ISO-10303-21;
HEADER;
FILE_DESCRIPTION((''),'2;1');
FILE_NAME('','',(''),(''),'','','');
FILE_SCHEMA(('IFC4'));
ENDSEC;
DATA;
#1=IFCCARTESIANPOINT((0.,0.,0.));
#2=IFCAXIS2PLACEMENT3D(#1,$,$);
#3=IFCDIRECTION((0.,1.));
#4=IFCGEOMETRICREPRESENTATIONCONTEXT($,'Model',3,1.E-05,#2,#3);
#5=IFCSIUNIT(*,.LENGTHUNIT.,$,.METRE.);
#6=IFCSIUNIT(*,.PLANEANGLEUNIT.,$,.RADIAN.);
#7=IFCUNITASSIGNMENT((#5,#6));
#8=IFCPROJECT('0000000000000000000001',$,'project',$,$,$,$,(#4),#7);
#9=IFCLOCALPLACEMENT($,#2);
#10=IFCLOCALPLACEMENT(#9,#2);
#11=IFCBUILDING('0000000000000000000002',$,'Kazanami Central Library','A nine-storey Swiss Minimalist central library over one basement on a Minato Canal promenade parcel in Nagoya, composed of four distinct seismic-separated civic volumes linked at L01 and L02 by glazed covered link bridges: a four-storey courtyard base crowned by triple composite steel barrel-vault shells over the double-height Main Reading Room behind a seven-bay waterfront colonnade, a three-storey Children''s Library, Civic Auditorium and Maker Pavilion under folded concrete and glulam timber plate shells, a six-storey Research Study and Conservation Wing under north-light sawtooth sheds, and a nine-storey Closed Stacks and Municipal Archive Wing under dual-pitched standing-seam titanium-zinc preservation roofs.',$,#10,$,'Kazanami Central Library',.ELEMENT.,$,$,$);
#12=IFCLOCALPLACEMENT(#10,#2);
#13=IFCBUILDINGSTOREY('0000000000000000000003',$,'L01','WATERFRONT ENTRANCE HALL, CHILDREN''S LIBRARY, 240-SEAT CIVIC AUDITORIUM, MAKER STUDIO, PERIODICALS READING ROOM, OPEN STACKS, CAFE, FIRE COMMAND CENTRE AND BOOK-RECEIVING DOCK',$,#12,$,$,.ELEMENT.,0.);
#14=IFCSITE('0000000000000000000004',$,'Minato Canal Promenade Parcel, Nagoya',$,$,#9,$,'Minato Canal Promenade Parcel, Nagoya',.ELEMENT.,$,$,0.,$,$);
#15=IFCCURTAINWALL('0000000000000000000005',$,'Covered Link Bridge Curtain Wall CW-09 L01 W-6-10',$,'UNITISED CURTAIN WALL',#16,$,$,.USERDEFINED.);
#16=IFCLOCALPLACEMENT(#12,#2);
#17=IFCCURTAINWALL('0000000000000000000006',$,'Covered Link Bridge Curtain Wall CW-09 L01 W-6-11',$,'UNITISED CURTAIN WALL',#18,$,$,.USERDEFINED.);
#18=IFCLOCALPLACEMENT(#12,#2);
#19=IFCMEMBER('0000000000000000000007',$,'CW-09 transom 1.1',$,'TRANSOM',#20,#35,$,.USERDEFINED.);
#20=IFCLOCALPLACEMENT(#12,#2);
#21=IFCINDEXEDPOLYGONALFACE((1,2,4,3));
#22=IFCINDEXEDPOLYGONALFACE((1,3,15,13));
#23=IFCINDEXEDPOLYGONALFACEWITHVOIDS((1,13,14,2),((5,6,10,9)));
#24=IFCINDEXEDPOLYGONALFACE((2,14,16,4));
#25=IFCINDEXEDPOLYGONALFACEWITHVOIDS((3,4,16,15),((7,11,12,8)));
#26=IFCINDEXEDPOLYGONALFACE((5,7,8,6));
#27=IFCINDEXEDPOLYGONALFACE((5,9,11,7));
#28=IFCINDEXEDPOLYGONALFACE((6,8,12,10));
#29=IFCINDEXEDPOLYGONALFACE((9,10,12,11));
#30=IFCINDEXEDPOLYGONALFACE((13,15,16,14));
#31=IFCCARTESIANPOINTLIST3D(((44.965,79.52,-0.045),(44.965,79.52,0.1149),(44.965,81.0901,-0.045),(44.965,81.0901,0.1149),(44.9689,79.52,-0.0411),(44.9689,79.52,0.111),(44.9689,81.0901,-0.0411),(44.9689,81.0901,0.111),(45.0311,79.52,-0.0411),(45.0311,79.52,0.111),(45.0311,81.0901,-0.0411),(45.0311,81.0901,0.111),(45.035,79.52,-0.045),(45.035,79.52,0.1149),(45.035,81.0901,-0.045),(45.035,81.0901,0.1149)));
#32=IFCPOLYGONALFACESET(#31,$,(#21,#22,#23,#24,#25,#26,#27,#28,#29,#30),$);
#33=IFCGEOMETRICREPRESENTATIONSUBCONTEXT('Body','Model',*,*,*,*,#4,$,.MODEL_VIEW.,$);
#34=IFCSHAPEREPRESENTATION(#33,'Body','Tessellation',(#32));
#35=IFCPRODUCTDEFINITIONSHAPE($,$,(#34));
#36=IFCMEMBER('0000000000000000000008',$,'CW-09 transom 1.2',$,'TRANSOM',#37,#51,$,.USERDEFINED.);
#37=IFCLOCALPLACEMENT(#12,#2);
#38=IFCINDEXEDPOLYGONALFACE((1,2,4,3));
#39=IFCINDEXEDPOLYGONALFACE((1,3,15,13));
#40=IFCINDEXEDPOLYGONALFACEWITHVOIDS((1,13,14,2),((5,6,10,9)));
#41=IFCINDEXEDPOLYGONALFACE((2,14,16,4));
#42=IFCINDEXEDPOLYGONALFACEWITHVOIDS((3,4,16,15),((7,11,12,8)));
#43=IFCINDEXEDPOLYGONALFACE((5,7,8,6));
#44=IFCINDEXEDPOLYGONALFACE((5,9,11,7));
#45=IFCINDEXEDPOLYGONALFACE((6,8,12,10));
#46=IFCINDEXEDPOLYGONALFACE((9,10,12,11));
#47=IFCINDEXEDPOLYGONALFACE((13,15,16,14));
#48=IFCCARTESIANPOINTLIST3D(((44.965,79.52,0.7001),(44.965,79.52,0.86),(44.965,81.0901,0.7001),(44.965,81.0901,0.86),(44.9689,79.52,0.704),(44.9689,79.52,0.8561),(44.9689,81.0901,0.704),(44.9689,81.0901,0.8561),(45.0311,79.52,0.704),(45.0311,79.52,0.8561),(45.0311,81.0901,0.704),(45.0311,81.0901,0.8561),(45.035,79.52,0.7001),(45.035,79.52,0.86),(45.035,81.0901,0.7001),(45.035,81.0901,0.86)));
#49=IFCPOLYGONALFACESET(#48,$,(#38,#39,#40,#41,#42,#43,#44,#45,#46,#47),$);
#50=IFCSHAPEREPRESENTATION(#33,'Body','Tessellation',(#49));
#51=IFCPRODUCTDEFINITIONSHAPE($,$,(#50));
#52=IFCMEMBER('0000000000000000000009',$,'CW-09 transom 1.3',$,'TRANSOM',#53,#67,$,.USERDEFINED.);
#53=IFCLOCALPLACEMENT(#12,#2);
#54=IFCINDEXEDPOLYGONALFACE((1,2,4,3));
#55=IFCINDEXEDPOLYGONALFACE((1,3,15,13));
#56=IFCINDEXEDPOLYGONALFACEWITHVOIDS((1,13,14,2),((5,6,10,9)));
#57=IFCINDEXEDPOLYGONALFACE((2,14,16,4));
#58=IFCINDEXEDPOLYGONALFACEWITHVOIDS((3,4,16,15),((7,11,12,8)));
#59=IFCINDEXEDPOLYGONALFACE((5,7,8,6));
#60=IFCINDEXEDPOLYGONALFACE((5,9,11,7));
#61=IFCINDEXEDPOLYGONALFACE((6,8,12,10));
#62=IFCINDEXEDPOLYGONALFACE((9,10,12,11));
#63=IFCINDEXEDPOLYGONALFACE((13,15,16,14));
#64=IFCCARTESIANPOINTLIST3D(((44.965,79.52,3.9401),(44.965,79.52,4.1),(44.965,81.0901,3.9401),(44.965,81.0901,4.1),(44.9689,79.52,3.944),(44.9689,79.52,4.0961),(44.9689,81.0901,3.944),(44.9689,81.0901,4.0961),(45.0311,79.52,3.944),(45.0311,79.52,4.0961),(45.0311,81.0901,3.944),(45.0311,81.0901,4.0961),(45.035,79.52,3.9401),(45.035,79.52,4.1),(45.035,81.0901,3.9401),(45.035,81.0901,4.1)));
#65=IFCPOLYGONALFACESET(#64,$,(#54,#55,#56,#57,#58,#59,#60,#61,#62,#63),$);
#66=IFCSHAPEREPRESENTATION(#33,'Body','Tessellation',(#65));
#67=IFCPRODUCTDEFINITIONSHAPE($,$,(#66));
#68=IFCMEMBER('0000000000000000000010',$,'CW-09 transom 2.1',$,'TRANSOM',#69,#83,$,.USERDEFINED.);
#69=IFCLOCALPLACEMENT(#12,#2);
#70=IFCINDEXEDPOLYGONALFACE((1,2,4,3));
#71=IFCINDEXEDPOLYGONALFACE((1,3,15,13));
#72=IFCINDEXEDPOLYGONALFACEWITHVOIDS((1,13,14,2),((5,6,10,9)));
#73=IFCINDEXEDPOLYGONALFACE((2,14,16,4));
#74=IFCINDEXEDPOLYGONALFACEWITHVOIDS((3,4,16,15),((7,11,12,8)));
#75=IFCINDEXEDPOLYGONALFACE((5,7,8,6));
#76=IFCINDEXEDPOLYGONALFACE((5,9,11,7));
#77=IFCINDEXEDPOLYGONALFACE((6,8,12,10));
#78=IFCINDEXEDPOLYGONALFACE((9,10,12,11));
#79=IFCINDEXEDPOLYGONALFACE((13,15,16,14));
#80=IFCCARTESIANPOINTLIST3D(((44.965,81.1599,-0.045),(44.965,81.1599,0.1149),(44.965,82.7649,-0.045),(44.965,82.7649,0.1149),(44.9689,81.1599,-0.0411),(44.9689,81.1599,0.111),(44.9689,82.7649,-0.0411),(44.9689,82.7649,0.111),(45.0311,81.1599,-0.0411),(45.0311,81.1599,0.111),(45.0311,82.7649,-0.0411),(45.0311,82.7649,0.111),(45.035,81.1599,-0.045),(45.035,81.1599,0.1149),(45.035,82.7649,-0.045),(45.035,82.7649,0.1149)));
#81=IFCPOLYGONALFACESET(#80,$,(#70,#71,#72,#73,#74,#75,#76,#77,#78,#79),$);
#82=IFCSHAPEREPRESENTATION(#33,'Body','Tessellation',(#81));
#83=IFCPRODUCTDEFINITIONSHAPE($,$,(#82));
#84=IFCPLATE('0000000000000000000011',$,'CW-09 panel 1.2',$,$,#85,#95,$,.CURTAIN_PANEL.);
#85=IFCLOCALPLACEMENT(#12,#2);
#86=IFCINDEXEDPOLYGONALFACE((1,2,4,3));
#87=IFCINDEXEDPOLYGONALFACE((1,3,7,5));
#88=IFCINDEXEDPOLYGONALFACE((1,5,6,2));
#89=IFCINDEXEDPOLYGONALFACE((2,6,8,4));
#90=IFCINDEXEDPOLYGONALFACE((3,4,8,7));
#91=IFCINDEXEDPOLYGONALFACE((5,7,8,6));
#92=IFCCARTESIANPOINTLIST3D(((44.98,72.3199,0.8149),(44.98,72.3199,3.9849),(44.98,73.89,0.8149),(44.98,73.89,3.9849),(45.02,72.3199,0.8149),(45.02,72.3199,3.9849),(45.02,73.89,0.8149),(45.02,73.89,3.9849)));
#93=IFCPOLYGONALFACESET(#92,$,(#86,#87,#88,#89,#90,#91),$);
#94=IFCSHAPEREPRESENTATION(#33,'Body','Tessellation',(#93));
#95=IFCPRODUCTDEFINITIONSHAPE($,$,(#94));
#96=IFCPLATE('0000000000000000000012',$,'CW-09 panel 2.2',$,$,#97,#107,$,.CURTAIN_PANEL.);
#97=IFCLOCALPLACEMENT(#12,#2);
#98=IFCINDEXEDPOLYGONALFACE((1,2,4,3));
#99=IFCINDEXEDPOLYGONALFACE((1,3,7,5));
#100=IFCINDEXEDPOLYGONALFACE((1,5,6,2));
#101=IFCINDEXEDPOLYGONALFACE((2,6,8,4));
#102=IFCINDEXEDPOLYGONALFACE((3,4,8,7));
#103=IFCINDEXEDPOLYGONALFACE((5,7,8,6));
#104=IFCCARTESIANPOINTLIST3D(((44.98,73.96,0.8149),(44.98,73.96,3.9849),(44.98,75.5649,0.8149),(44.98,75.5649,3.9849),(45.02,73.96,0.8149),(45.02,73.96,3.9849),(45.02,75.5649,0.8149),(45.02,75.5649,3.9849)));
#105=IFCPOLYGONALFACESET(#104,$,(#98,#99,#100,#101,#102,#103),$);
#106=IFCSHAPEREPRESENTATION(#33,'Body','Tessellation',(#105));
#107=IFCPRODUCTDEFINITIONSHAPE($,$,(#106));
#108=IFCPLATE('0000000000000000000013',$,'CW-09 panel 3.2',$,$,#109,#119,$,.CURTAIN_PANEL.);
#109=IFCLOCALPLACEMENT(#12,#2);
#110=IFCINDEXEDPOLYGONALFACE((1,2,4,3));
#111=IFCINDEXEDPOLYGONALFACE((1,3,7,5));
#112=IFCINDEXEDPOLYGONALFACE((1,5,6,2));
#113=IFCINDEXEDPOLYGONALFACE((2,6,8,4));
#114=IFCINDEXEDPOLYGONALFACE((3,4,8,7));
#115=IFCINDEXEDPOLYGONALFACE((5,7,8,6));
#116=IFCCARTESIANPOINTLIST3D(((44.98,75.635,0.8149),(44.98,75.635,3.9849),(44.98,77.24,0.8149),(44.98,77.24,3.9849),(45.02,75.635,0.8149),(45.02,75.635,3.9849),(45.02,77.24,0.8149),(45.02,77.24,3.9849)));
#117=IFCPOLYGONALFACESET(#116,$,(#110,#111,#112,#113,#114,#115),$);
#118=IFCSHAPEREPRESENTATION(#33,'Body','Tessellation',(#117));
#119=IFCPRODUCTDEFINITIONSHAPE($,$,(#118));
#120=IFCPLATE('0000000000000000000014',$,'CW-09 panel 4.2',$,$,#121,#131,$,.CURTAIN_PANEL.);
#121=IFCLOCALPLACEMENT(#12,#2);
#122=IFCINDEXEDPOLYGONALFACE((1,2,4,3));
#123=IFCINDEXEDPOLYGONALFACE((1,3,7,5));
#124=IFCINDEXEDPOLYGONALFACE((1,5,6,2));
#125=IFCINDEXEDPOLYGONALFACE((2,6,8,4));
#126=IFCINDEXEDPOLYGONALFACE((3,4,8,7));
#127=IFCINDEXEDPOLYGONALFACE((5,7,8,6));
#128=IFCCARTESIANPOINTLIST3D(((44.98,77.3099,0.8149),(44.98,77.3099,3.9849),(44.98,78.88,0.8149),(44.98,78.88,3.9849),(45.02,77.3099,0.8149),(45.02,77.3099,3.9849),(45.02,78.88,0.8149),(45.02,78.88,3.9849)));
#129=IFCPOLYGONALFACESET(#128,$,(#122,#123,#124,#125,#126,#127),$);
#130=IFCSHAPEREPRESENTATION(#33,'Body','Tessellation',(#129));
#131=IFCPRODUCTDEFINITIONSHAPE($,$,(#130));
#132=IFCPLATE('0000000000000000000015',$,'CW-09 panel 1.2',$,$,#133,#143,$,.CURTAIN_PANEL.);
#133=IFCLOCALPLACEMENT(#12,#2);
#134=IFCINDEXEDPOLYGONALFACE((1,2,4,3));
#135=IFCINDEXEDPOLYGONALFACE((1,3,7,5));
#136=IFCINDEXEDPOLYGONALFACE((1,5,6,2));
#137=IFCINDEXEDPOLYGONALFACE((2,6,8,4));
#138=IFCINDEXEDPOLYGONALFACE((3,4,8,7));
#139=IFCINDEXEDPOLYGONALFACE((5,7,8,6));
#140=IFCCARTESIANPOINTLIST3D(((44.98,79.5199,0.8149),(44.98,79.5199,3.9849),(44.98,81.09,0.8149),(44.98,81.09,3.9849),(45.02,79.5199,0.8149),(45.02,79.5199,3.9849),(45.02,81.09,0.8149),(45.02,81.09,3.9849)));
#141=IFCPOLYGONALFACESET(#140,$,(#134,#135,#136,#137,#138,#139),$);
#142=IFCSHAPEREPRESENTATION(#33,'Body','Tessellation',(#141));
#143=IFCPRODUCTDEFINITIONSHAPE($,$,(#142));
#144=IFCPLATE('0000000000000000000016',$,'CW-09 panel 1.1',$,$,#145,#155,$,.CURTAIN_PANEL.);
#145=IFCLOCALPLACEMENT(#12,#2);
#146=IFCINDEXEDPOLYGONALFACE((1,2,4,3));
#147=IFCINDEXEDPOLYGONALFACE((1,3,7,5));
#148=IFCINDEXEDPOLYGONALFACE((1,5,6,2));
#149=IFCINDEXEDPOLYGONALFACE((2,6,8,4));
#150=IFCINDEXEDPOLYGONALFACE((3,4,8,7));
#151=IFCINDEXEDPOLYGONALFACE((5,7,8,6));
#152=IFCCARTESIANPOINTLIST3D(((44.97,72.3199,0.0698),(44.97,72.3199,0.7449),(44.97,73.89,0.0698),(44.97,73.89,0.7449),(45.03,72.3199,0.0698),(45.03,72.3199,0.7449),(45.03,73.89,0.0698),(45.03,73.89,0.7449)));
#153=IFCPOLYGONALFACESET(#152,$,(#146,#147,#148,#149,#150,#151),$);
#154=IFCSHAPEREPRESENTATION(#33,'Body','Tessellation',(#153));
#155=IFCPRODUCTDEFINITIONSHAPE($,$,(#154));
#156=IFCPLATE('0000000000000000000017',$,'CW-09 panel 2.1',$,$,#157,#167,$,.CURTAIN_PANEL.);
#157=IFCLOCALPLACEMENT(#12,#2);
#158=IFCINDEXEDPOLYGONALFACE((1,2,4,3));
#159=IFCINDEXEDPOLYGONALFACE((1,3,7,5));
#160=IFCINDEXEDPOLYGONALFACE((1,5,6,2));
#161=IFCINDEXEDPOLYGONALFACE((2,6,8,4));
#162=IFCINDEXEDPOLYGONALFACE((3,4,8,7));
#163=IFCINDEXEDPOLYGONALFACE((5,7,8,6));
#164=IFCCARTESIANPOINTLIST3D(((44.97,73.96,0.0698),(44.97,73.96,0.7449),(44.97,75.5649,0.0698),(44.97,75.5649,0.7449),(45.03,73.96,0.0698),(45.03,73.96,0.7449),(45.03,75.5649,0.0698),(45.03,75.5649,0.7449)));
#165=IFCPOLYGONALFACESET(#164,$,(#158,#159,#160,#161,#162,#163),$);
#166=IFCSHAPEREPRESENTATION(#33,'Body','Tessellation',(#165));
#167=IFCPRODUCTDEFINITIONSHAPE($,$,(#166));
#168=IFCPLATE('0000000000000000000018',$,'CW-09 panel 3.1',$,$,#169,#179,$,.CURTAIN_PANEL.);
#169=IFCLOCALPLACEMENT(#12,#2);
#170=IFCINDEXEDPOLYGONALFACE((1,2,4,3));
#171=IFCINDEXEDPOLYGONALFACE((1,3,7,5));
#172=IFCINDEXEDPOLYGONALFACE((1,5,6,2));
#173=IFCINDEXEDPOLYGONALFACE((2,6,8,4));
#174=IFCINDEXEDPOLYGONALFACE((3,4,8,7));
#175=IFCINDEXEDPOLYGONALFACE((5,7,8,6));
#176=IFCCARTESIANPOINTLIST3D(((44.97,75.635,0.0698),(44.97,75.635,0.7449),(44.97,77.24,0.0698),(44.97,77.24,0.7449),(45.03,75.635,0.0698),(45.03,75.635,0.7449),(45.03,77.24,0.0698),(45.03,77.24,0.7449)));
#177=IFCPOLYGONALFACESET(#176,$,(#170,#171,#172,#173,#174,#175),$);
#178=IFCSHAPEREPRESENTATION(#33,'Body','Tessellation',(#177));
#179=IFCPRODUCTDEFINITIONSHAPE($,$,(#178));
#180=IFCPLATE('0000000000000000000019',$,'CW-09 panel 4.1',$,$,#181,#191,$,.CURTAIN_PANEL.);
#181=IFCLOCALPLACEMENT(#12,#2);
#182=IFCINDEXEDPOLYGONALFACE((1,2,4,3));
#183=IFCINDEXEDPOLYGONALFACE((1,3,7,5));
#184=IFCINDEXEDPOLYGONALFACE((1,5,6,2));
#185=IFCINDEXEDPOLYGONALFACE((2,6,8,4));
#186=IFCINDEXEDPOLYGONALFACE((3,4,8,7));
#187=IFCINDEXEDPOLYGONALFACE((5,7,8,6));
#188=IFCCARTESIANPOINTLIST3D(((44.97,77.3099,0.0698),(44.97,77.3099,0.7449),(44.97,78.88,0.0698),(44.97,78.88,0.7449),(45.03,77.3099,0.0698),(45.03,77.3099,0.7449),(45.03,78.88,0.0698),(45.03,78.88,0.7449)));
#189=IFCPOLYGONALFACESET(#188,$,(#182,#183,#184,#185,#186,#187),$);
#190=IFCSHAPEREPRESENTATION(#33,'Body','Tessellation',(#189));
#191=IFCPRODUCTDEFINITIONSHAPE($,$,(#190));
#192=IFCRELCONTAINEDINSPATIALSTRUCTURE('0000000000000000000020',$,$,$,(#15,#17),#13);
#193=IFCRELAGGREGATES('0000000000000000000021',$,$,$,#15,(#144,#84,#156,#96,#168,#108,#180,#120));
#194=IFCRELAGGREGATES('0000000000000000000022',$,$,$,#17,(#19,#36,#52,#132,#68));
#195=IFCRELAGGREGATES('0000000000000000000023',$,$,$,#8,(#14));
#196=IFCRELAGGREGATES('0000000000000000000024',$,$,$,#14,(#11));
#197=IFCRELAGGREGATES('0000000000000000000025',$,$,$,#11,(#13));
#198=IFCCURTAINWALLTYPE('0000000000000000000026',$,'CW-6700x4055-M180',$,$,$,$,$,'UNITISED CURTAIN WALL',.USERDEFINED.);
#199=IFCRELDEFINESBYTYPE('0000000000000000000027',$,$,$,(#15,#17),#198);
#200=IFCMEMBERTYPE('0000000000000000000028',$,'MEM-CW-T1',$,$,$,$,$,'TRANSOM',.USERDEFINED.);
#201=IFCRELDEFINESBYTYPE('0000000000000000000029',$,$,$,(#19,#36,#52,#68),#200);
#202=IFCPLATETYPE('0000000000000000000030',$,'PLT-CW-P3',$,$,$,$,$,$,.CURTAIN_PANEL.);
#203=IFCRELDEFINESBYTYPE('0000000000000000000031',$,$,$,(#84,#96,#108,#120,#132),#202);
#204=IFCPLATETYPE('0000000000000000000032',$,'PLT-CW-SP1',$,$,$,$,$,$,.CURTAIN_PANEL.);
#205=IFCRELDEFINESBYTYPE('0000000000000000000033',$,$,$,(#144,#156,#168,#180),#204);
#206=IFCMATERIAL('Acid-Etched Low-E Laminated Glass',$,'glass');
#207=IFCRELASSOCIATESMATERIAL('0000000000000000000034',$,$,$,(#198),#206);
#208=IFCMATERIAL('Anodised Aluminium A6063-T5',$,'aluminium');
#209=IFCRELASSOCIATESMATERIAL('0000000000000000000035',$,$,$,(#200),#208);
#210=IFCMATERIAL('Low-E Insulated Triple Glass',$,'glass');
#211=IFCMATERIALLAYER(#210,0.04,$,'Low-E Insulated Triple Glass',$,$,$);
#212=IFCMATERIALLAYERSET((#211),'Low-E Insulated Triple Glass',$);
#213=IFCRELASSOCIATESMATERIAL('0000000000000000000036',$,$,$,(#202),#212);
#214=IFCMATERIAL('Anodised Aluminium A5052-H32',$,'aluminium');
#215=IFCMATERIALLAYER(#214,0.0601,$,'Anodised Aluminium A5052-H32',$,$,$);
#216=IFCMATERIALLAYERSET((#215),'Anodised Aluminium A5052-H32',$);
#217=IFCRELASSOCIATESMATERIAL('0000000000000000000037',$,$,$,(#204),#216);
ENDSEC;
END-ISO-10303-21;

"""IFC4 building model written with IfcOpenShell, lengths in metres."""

from ifc_helpers import new_model, si_unit, direction, frame, origin, origin_2d, place, context, subcontext, project, spatial, rectangle, hollow_rectangle, extrude, material, layer, layer_set, material_profile, profile_set, type_object, element, aggregate, save


model = new_model("IFC4")

# Units and contexts
model_context = context("Model", 3, precision=1e-05, world=origin(), true_north=direction((0.0, 1.0)))
body_context = subcontext(model_context, "Body", "Model", "MODEL_VIEW")
ifc_project = project(units=[si_unit("LENGTHUNIT", "METRE"), si_unit("PLANEANGLEUNIT", "RADIAN")], contexts=[model_context])

# Site, building, storey
site_placement = place(None, origin())
site = spatial("IfcSite", under=ifc_project, at=site_placement, Name="Minato Canal Promenade Parcel, Nagoya", LongName="Minato Canal Promenade Parcel, Nagoya", CompositionType="ELEMENT", RefElevation=0.0)
building_placement = place(site_placement, origin())
building = spatial("IfcBuilding", under=site, at=building_placement, Name="Kazanami Central Library", Description="A nine-storey Swiss Minimalist central library over one basement on a Minato Canal promenade parcel in Nagoya, composed of four distinct seismic-separated civic volumes linked at L01 and L02 by glazed covered link bridges: a four-storey courtyard base crowned by triple composite steel barrel-vault shells over the double-height Main Reading Room behind a seven-bay waterfront colonnade, a three-storey Children's Library, Civic Auditorium and Maker Pavilion under folded concrete and glulam timber plate shells, a six-storey Research Study and Conservation Wing under north-light sawtooth sheds, and a nine-storey Closed Stacks and Municipal Archive Wing under dual-pitched standing-seam titanium-zinc preservation roofs.", LongName="Kazanami Central Library", CompositionType="ELEMENT")
storey_placement = place(building_placement, origin())
storey = spatial("IfcBuildingStorey", under=building, at=storey_placement, Name="L01", Description="WATERFRONT ENTRANCE HALL, CHILDREN'S LIBRARY, 240-SEAT CIVIC AUDITORIUM, MAKER STUDIO, PERIODICALS READING ROOM, OPEN STACKS, CAFE, FIRE COMMAND CENTRE AND BOOK-RECEIVING DOCK", CompositionType="ELEMENT", Elevation=0.0)

# Curtain walls
ifc_material_1 = material(Name="Acid-Etched Low-E Laminated Glass", Category="glass")
curtain_wall_type = type_object("IfcCurtainWallType", Name="CW-6700x4055-M180", ElementType="UNITISED CURTAIN WALL", PredefinedType="USERDEFINED", material=ifc_material_1)
curtain_wall_1_placement = place(storey_placement, origin())
curtain_wall_1 = element("IfcCurtainWall", 1, at=curtain_wall_1_placement, inside=storey, type_object=curtain_wall_type, Name="Covered Link Bridge Curtain Wall CW-09 L01 W-6-10", ObjectType="UNITISED CURTAIN WALL", PredefinedType="USERDEFINED")
ifc_material_2 = material(Name="Anodised Aluminium A6063-T5", Category="aluminium")
curtain_wall_2_placement = place(storey_placement, origin())
curtain_wall_2 = element("IfcCurtainWall", 2, at=curtain_wall_2_placement, inside=storey, type_object=curtain_wall_type, Name="Covered Link Bridge Curtain Wall CW-09 L01 W-6-11", ObjectType="UNITISED CURTAIN WALL", PredefinedType="USERDEFINED")

# Members
ifc_material_profile_1 = material_profile(ifc_material_2, hollow_rectangle(XDim=0.0701, YDim=0.1599, WallThickness=0.0039, at=origin_2d()), Name="ALU-TRAN-70x160x4")
ifc_profile_set_1 = profile_set([ifc_material_profile_1], Name="Anodised Aluminium A6063-T5")
member_type_1 = type_object("IfcMemberType", Name="MEM-CW-T1", ElementType="TRANSOM", PredefinedType="USERDEFINED", material=ifc_profile_set_1)
member_1_placement = place(storey_placement, frame((45.0, 79.52, 0.0349), z_axis=(0.0, 1.0, 0.0), x_axis=(-1.0, 0.0, 0.0)))
member_1 = element("IfcMember", 3, at=member_1_placement, type_object=member_type_1, Name="CW-09 transom 1.1", ObjectType="TRANSOM", PredefinedType="USERDEFINED", context=body_context, shape_type="SweptSolid", body=[
    extrude(hollow_rectangle(XDim=0.0701, YDim=0.1599, WallThickness=0.0039, at=origin_2d()), origin(), (0.0, 0.0, 1.0), 1.5701),
])
member_2_placement = place(storey_placement, frame((45.0, 79.52, 0.78), z_axis=(0.0, 1.0, 0.0), x_axis=(-1.0, 0.0, 0.0)))
member_2 = element("IfcMember", 4, at=member_2_placement, type_object=member_type_1, Name="CW-09 transom 1.2", ObjectType="TRANSOM", PredefinedType="USERDEFINED", context=body_context, shape_type="SweptSolid", body=[
    extrude(hollow_rectangle(XDim=0.0701, YDim=0.1599, WallThickness=0.0039, at=origin_2d()), origin(), (0.0, 0.0, 1.0), 1.5701),
])
member_3_placement = place(storey_placement, frame((45.0, 79.52, 4.02), z_axis=(0.0, 1.0, 0.0), x_axis=(-1.0, 0.0, 0.0)))
member_3 = element("IfcMember", 5, at=member_3_placement, type_object=member_type_1, Name="CW-09 transom 1.3", ObjectType="TRANSOM", PredefinedType="USERDEFINED", context=body_context, shape_type="SweptSolid", body=[
    extrude(hollow_rectangle(XDim=0.0701, YDim=0.1599, WallThickness=0.0039, at=origin_2d()), origin(), (0.0, 0.0, 1.0), 1.5701),
])
member_4_placement = place(storey_placement, frame((45.0, 81.1599, 0.0349), z_axis=(0.0, 1.0, 0.0), x_axis=(-1.0, 0.0, 0.0)))
member_4 = element("IfcMember", 6, at=member_4_placement, type_object=member_type_1, Name="CW-09 transom 2.1", ObjectType="TRANSOM", PredefinedType="USERDEFINED", context=body_context, shape_type="SweptSolid", body=[
    extrude(hollow_rectangle(XDim=0.0701, YDim=0.1599, WallThickness=0.0039, at=origin_2d()), origin(), (0.0, 0.0, 1.0), 1.605),
])

# Plates
ifc_material_3 = material(Name="Low-E Insulated Triple Glass", Category="glass")
ifc_layer_1 = layer(ifc_material_3, 0.04, Name="Low-E Insulated Triple Glass")
ifc_layer_set_1 = layer_set([ifc_layer_1], Name="Low-E Insulated Triple Glass")
plate_type_1 = type_object("IfcPlateType", Name="PLT-CW-P3", PredefinedType="CURTAIN_PANEL", material=ifc_layer_set_1)
plate_1_placement = place(storey_placement, frame((45.0, 73.105, 0.8149), z_axis=(0.0, 0.0, 1.0), x_axis=(0.0, 1.0, 0.0)))
plate_1 = element("IfcPlate", 7, at=plate_1_placement, type_object=plate_type_1, Name="CW-09 panel 1.2", PredefinedType="CURTAIN_PANEL", context=body_context, shape_type="SweptSolid", body=[
    extrude(rectangle(XDim=1.5701, YDim=0.04, at=origin_2d()), origin(), (0.0, 0.0, 1.0), 3.1699),
])
plate_2_placement = place(storey_placement, frame((45.0, 74.7625, 0.8149), z_axis=(0.0, 0.0, 1.0), x_axis=(0.0, 1.0, 0.0)))
plate_2 = element("IfcPlate", 8, at=plate_2_placement, type_object=plate_type_1, Name="CW-09 panel 2.2", PredefinedType="CURTAIN_PANEL", context=body_context, shape_type="SweptSolid", body=[
    extrude(rectangle(XDim=1.605, YDim=0.04, at=origin_2d()), origin(), (0.0, 0.0, 1.0), 3.1699),
])
plate_3_placement = place(storey_placement, frame((45.0, 76.4375, 0.8149), z_axis=(0.0, 0.0, 1.0), x_axis=(0.0, 1.0, 0.0)))
plate_3 = element("IfcPlate", 9, at=plate_3_placement, type_object=plate_type_1, Name="CW-09 panel 3.2", PredefinedType="CURTAIN_PANEL", context=body_context, shape_type="SweptSolid", body=[
    extrude(rectangle(XDim=1.605, YDim=0.04, at=origin_2d()), origin(), (0.0, 0.0, 1.0), 3.1699),
])
plate_4_placement = place(storey_placement, frame((45.0, 78.095, 0.8149), z_axis=(0.0, 0.0, 1.0), x_axis=(0.0, 1.0, 0.0)))
plate_4 = element("IfcPlate", 10, at=plate_4_placement, type_object=plate_type_1, Name="CW-09 panel 4.2", PredefinedType="CURTAIN_PANEL", context=body_context, shape_type="SweptSolid", body=[
    extrude(rectangle(XDim=1.5701, YDim=0.04, at=origin_2d()), origin(), (0.0, 0.0, 1.0), 3.1699),
])
plate_5_placement = place(storey_placement, frame((45.0, 80.3049, 0.8149), z_axis=(0.0, 0.0, 1.0), x_axis=(0.0, 1.0, 0.0)))
plate_5 = element("IfcPlate", 11, at=plate_5_placement, type_object=plate_type_1, Name="CW-09 panel 1.2", PredefinedType="CURTAIN_PANEL", context=body_context, shape_type="SweptSolid", body=[
    extrude(rectangle(XDim=1.5701, YDim=0.04, at=origin_2d()), origin(), (0.0, 0.0, 1.0), 3.1699),
])
ifc_material_4 = material(Name="Anodised Aluminium A5052-H32", Category="aluminium")
ifc_layer_2 = layer(ifc_material_4, 0.0601, Name="Anodised Aluminium A5052-H32")
ifc_layer_set_2 = layer_set([ifc_layer_2], Name="Anodised Aluminium A5052-H32")
plate_type_2 = type_object("IfcPlateType", Name="PLT-CW-SP1", PredefinedType="CURTAIN_PANEL", material=ifc_layer_set_2)
plate_6_placement = place(storey_placement, frame((45.0, 73.105, 0.0698), z_axis=(0.0, 0.0, 1.0), x_axis=(0.0, 1.0, 0.0)))
plate_6 = element("IfcPlate", 12, at=plate_6_placement, type_object=plate_type_2, Name="CW-09 panel 1.1", PredefinedType="CURTAIN_PANEL", context=body_context, shape_type="SweptSolid", body=[
    extrude(rectangle(XDim=1.5701, YDim=0.0601, at=origin_2d()), origin(), (0.0, 0.0, 1.0), 0.675),
])
plate_7_placement = place(storey_placement, frame((45.0, 74.7625, 0.0698), z_axis=(0.0, 0.0, 1.0), x_axis=(0.0, 1.0, 0.0)))
plate_7 = element("IfcPlate", 13, at=plate_7_placement, type_object=plate_type_2, Name="CW-09 panel 2.1", PredefinedType="CURTAIN_PANEL", context=body_context, shape_type="SweptSolid", body=[
    extrude(rectangle(XDim=1.605, YDim=0.0601, at=origin_2d()), origin(), (0.0, 0.0, 1.0), 0.675),
])
plate_8_placement = place(storey_placement, frame((45.0, 76.4375, 0.0698), z_axis=(0.0, 0.0, 1.0), x_axis=(0.0, 1.0, 0.0)))
plate_8 = element("IfcPlate", 14, at=plate_8_placement, type_object=plate_type_2, Name="CW-09 panel 3.1", PredefinedType="CURTAIN_PANEL", context=body_context, shape_type="SweptSolid", body=[
    extrude(rectangle(XDim=1.605, YDim=0.0601, at=origin_2d()), origin(), (0.0, 0.0, 1.0), 0.675),
])
plate_9_placement = place(storey_placement, frame((45.0, 78.095, 0.0698), z_axis=(0.0, 0.0, 1.0), x_axis=(0.0, 1.0, 0.0)))
plate_9 = element("IfcPlate", 15, at=plate_9_placement, type_object=plate_type_2, Name="CW-09 panel 4.1", PredefinedType="CURTAIN_PANEL", context=body_context, shape_type="SweptSolid", body=[
    extrude(rectangle(XDim=1.5701, YDim=0.0601, at=origin_2d()), origin(), (0.0, 0.0, 1.0), 0.675),
])
aggregate(curtain_wall_1, [plate_6, plate_1, plate_7, plate_2, plate_8, plate_3, plate_9, plate_4])
aggregate(curtain_wall_2, [member_1, member_2, member_3, plate_5, member_4])

save(model, "model.ifc")
